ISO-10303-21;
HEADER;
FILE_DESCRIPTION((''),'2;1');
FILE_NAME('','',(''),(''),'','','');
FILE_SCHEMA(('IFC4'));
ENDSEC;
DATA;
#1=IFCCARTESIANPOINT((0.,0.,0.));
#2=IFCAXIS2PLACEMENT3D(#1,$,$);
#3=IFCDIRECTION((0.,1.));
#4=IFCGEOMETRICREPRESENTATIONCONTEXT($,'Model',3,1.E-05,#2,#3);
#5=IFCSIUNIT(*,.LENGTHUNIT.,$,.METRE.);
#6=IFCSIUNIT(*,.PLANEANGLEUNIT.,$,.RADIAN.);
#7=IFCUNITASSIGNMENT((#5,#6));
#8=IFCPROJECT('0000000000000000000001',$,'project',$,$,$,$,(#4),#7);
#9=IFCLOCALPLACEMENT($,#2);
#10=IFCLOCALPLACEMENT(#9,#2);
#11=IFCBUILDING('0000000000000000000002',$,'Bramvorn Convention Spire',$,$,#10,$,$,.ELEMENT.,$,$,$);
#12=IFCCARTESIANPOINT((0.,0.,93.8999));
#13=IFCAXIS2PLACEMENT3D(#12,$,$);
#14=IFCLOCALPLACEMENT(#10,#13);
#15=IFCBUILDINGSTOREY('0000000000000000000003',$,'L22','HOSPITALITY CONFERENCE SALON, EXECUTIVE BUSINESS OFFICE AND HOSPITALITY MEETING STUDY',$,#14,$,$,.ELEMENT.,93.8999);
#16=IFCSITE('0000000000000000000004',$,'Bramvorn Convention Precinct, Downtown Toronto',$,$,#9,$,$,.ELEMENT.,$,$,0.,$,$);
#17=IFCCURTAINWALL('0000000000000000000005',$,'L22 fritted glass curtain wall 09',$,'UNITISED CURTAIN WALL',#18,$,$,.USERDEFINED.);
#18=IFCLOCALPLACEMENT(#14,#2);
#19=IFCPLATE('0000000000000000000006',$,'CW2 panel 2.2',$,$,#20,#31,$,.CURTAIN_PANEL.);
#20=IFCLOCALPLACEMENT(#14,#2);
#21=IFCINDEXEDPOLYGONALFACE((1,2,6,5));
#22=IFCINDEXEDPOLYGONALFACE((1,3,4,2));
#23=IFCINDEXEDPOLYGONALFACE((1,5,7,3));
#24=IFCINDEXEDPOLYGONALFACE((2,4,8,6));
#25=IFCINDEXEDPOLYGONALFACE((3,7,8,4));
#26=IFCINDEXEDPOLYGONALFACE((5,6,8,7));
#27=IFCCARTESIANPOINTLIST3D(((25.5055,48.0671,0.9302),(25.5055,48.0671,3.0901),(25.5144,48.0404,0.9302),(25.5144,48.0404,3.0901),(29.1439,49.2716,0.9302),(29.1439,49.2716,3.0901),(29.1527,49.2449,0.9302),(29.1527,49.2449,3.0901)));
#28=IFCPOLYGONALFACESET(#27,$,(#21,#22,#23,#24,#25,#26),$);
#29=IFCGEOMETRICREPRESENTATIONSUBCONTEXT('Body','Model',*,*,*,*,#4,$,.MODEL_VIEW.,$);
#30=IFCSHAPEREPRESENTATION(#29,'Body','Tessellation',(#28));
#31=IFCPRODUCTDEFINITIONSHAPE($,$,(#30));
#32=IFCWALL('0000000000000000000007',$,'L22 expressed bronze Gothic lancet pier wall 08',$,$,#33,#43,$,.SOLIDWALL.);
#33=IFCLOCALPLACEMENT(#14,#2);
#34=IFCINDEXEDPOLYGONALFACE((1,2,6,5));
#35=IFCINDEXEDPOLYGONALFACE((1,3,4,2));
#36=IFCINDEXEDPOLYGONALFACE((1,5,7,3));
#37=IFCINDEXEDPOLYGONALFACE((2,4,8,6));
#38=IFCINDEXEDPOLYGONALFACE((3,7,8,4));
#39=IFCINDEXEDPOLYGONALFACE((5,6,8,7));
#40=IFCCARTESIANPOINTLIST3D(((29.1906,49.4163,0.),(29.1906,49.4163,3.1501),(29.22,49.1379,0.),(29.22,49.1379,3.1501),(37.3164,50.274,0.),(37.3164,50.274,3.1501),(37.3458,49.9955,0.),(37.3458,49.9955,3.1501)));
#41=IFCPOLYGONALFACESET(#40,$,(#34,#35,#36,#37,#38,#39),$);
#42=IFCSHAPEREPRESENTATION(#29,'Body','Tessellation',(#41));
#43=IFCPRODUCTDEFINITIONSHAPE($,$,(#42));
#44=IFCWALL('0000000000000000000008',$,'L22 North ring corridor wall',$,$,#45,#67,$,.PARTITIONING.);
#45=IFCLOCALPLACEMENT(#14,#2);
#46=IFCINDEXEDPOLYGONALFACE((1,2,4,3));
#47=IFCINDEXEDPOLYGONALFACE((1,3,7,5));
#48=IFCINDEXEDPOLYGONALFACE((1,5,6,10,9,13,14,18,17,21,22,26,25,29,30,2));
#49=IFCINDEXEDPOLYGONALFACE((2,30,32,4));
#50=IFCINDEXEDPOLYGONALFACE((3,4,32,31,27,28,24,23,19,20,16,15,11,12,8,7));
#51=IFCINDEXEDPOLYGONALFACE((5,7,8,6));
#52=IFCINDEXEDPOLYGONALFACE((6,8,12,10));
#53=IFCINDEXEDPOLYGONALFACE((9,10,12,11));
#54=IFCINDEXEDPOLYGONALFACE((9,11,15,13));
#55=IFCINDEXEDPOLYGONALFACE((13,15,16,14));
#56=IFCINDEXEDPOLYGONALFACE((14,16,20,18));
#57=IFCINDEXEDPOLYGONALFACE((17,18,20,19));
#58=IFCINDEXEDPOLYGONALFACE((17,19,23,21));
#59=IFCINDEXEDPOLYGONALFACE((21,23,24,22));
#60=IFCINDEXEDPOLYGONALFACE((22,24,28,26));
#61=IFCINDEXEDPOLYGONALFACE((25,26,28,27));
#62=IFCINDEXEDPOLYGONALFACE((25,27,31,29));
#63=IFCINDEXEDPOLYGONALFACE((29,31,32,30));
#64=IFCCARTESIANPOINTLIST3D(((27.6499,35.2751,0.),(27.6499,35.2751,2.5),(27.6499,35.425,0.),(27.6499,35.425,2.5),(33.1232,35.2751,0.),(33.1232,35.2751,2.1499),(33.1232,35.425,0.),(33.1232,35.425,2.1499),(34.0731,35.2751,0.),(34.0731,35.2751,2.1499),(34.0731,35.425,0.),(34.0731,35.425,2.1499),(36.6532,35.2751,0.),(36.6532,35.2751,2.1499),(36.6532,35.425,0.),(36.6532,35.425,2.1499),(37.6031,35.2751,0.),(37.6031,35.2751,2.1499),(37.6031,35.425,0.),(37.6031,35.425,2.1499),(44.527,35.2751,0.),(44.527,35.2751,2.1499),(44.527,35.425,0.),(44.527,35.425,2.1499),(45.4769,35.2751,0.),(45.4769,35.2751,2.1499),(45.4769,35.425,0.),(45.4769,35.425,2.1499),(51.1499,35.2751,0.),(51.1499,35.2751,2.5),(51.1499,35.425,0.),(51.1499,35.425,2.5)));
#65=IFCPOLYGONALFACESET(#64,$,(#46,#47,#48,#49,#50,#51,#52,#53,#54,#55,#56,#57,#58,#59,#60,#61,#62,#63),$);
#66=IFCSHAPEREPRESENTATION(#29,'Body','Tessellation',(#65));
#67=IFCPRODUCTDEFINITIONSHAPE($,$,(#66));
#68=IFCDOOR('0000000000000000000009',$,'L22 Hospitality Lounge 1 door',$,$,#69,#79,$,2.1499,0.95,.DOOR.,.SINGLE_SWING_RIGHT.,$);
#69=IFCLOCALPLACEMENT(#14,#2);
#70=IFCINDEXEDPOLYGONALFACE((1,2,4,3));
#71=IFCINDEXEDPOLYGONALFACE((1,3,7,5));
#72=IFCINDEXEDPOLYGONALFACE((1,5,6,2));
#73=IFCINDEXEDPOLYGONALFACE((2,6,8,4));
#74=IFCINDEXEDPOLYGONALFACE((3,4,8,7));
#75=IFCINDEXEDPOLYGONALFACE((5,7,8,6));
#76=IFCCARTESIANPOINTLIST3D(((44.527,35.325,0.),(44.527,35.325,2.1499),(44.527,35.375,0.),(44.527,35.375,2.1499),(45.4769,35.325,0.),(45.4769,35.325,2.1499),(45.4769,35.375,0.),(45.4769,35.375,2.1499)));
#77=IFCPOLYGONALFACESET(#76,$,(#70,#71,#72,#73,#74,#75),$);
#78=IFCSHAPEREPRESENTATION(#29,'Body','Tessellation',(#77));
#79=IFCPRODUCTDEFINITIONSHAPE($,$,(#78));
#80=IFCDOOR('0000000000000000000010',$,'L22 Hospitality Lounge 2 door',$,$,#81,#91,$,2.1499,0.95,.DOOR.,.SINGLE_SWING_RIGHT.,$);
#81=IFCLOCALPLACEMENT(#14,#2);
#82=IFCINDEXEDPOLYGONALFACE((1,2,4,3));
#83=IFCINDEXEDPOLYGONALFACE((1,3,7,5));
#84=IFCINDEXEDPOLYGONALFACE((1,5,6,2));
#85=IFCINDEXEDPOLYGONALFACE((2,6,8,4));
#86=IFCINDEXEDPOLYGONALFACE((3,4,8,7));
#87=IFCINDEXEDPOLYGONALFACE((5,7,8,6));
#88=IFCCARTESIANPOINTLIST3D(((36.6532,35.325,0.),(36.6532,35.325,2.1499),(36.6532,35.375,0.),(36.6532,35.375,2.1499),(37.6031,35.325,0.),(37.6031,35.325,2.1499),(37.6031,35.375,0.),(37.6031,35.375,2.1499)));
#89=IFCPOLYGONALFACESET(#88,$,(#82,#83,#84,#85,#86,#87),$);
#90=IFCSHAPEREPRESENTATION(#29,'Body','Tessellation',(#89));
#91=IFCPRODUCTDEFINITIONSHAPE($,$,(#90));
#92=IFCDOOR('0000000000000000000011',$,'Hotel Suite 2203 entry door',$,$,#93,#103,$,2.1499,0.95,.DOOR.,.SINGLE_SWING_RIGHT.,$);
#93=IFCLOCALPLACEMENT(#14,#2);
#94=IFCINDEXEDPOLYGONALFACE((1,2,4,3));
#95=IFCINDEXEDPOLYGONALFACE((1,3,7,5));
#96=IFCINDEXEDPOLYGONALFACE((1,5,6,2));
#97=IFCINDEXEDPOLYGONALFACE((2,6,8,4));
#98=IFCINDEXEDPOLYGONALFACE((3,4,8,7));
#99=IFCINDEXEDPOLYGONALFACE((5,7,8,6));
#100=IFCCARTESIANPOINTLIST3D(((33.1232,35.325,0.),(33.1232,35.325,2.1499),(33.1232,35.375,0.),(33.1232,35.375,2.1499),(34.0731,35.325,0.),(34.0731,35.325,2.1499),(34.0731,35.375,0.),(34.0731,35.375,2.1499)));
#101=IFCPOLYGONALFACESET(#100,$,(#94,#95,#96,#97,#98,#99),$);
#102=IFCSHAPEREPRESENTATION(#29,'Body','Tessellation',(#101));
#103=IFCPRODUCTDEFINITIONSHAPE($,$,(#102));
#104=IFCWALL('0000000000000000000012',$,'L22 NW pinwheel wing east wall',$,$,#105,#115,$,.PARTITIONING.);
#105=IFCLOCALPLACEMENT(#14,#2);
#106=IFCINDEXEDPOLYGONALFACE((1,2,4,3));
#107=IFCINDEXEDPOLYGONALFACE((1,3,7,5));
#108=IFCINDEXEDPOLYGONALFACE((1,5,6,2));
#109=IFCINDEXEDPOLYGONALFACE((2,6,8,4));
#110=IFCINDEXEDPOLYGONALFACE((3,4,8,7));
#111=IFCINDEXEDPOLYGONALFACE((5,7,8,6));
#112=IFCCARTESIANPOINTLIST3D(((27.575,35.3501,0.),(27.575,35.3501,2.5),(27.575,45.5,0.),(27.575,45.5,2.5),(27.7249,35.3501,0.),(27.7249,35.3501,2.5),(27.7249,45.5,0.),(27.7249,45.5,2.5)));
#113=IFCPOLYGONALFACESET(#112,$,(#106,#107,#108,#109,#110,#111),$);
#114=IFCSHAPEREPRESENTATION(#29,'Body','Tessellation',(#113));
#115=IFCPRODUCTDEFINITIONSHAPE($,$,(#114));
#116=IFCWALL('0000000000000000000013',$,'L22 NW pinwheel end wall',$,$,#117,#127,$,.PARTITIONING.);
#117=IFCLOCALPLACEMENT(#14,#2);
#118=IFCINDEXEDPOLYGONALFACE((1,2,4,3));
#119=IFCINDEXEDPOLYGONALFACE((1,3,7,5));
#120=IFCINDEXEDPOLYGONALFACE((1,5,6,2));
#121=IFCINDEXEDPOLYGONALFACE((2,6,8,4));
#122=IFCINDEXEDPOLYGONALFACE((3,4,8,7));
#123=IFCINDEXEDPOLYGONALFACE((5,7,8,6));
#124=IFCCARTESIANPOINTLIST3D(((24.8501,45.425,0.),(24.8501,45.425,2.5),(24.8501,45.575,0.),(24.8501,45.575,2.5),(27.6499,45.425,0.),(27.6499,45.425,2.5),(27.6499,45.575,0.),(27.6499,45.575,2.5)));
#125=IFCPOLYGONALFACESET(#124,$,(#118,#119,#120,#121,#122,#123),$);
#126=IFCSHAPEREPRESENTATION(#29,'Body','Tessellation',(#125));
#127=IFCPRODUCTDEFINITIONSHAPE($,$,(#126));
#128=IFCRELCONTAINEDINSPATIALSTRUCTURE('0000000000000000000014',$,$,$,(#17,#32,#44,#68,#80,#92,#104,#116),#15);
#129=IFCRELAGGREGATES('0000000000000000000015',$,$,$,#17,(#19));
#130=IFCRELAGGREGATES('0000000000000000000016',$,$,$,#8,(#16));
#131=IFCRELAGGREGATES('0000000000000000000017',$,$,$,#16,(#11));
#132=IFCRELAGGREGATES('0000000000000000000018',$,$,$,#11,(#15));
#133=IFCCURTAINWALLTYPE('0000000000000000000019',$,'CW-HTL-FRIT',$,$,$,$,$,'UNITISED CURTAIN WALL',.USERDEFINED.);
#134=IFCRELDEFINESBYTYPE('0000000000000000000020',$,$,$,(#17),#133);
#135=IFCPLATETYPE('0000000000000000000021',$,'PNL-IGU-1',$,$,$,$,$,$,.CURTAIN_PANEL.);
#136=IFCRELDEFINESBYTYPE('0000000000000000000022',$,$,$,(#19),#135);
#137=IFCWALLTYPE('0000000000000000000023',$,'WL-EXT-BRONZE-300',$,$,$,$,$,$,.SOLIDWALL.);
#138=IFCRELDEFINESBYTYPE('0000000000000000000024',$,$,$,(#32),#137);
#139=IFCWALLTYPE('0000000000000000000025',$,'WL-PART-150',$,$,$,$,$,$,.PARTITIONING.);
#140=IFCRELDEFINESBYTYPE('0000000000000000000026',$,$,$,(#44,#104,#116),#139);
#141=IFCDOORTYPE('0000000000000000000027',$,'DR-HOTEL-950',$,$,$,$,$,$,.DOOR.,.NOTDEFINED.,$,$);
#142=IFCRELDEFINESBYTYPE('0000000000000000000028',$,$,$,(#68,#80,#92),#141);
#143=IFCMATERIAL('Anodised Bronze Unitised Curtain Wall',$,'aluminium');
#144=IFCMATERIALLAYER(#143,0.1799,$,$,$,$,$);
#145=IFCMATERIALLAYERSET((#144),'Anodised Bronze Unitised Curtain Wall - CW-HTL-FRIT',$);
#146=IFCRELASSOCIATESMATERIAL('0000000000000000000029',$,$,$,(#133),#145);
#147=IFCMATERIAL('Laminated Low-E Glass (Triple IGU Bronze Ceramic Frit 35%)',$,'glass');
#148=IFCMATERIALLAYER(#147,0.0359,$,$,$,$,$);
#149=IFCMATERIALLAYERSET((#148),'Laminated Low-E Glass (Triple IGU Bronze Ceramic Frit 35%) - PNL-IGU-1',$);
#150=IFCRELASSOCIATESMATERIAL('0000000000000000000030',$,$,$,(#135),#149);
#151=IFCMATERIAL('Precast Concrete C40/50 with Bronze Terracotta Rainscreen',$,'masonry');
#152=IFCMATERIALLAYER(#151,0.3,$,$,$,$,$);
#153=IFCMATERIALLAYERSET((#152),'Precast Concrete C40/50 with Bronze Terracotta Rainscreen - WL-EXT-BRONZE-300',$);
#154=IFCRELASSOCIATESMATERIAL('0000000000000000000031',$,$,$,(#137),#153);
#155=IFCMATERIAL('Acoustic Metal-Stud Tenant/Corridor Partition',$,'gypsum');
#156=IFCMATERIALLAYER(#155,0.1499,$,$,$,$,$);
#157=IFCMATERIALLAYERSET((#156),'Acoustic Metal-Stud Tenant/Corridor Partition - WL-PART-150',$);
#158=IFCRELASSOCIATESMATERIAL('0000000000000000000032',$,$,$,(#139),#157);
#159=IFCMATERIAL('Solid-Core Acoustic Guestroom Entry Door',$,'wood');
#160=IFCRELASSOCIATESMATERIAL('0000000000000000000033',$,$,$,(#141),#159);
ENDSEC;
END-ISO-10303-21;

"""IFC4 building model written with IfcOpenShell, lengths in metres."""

from ifc_helpers import new_model, si_unit, direction, frame, frame_2d, origin, origin_2d, place, context, subcontext, project, spatial, rectangle, extrude, material, layer, layer_set, type_object, element, fill, aggregate, save


model = new_model("IFC4")

# Units and contexts
model_context = context("Model", 3, precision=1e-05, world=origin(), true_north=direction((0.0, 1.0)))
body_context = subcontext(model_context, "Body", "Model", "MODEL_VIEW")
ifc_project = project(units=[si_unit("LENGTHUNIT", "METRE"), si_unit("PLANEANGLEUNIT", "RADIAN")], contexts=[model_context])

# Site, building, storey
site_placement = place(None, origin())
site = spatial("IfcSite", under=ifc_project, at=site_placement, Name="Bramvorn Convention Precinct, Downtown Toronto", CompositionType="ELEMENT", RefElevation=0.0)
building_placement = place(site_placement, origin())
building = spatial("IfcBuilding", under=site, at=building_placement, Name="Bramvorn Convention Spire", CompositionType="ELEMENT")
storey_placement = place(building_placement, frame((0.0, 0.0, 93.8999)))
storey = spatial("IfcBuildingStorey", under=building, at=storey_placement, Name="L22", Description="HOSPITALITY CONFERENCE SALON, EXECUTIVE BUSINESS OFFICE AND HOSPITALITY MEETING STUDY", CompositionType="ELEMENT", Elevation=93.8999)

# Curtain wall, plate
ifc_material_1 = material(Name="Anodised Bronze Unitised Curtain Wall", Category="aluminium")
ifc_layer_1 = layer(ifc_material_1, 0.1799)
ifc_layer_set_1 = layer_set([ifc_layer_1], Name="Anodised Bronze Unitised Curtain Wall - CW-HTL-FRIT")
curtain_wall_type = type_object("IfcCurtainWallType", Name="CW-HTL-FRIT", ElementType="UNITISED CURTAIN WALL", PredefinedType="USERDEFINED", material=ifc_layer_set_1)
curtain_wall_placement = place(storey_placement, origin())
curtain_wall = element("IfcCurtainWall", 1, at=curtain_wall_placement, inside=storey, type_object=curtain_wall_type, Name="L22 fritted glass curtain wall 09", ObjectType="UNITISED CURTAIN WALL", PredefinedType="USERDEFINED")
ifc_material_2 = material(Name="Laminated Low-E Glass (Triple IGU Bronze Ceramic Frit 35%)", Category="glass")
ifc_layer_2 = layer(ifc_material_2, 0.0359)
ifc_layer_set_2 = layer_set([ifc_layer_2], Name="Laminated Low-E Glass (Triple IGU Bronze Ceramic Frit 35%) - PNL-IGU-1")
plate_type = type_object("IfcPlateType", Name="PNL-IGU-1", PredefinedType="CURTAIN_PANEL", material=ifc_layer_set_2)
plate_1_placement = place(storey_placement, frame((27.3291, 48.656, 0.9302), z_axis=(0.0, 0.0, 1.0), x_axis=(0.94933, 0.314281, 0.0)))
plate_1 = element("IfcPlate", 2, at=plate_1_placement, type_object=plate_type, Name="CW2 panel 2.2", PredefinedType="CURTAIN_PANEL", context=body_context, shape_type="SweptSolid", body=[
    extrude(rectangle(XDim=3.8325, YDim=0.0281, at=origin_2d()), origin(), (0.0, 0.0, 1.0), 2.1599),
])
aggregate(curtain_wall, [plate_1])

# Wall
ifc_material_3 = material(Name="Precast Concrete C40/50 with Bronze Terracotta Rainscreen", Category="masonry")
ifc_layer_3 = layer(ifc_material_3, 0.3)
ifc_layer_set_3 = layer_set([ifc_layer_3], Name="Precast Concrete C40/50 with Bronze Terracotta Rainscreen - WL-EXT-BRONZE-300")
wall_type_1 = type_object("IfcWallType", Name="WL-EXT-BRONZE-300", PredefinedType="SOLIDWALL", material=ifc_layer_set_3)
wall_1_placement = place(storey_placement, frame((29.2053, 49.2771, 0.0), z_axis=(0.0, 0.0, 1.0), x_axis=(0.994476, 0.104966, 0.0)))
element("IfcWall", 3, at=wall_1_placement, inside=storey, type_object=wall_type_1, Name="L22 expressed bronze Gothic lancet pier wall 08", PredefinedType="SOLIDWALL", context=body_context, shape_type="SweptSolid", body=[
    extrude(rectangle(XDim=8.1709, YDim=0.28, at=frame_2d((4.0854, 0.0))), origin(), (0.0, 0.0, 1.0), 3.1501),
])

# Wall, openings, doors
ifc_material_4 = material(Name="Acoustic Metal-Stud Tenant/Corridor Partition", Category="gypsum")
ifc_layer_4 = layer(ifc_material_4, 0.1499)
ifc_layer_set_4 = layer_set([ifc_layer_4], Name="Acoustic Metal-Stud Tenant/Corridor Partition - WL-PART-150")
wall_type_2 = type_object("IfcWallType", Name="WL-PART-150", PredefinedType="PARTITIONING", material=ifc_layer_set_4)
wall_2_placement = place(storey_placement, frame((27.6499, 35.3501, 0.0), z_axis=(0.0, 0.0, 1.0), x_axis=(1.0, 0.0, 0.0)))
wall_2 = element("IfcWall", 4, at=wall_2_placement, inside=storey, type_object=wall_type_2, Name="L22 North ring corridor wall", PredefinedType="PARTITIONING", context=body_context, shape_type="SweptSolid", body=[
    extrude(rectangle(XDim=23.5, YDim=0.1499, at=frame_2d((11.75, 0.0))), origin(), (0.0, 0.0, 1.0), 2.5),
])
opening_1_placement = place(wall_2_placement, frame((16.877, 0.0, 0.0)))
opening_1 = element("IfcOpeningElement", 5, at=opening_1_placement, cuts=wall_2, PredefinedType="OPENING", context=body_context, shape_type="SweptSolid", body=[
    extrude(rectangle(XDim=0.95, YDim=2.1499, at=frame_2d((0.4751, 1.075))), frame((0.0, 0.085, 0.0), z_axis=(0.0, -1.0, 0.0), x_axis=(1.0, 0.0, 0.0)), (0.0, 0.0, 1.0), 0.1699),
])
opening_2_placement = place(wall_2_placement, frame((9.0032, 0.0, 0.0)))
opening_2 = element("IfcOpeningElement", 6, at=opening_2_placement, cuts=wall_2, PredefinedType="OPENING", context=body_context, shape_type="SweptSolid", body=[
    extrude(rectangle(XDim=0.95, YDim=2.1499, at=frame_2d((0.4751, 1.075))), frame((0.0, 0.085, 0.0), z_axis=(0.0, -1.0, 0.0), x_axis=(1.0, 0.0, 0.0)), (0.0, 0.0, 1.0), 0.1699),
])
opening_3_placement = place(wall_2_placement, frame((5.4731, 0.0, 0.0)))
opening_3 = element("IfcOpeningElement", 7, at=opening_3_placement, cuts=wall_2, PredefinedType="OPENING", context=body_context, shape_type="SweptSolid", body=[
    extrude(rectangle(XDim=0.95, YDim=2.1499, at=frame_2d((0.4751, 1.075))), frame((0.0, 0.085, 0.0), z_axis=(0.0, -1.0, 0.0), x_axis=(1.0, 0.0, 0.0)), (0.0, 0.0, 1.0), 0.1699),
])
ifc_material_5 = material(Name="Solid-Core Acoustic Guestroom Entry Door", Category="wood")
door_type = type_object("IfcDoorType", Name="DR-HOTEL-950", OperationType="NOTDEFINED", PredefinedType="DOOR", material=ifc_material_5)
door_1_placement = place(opening_1_placement, origin())
door_1 = element("IfcDoor", 8, at=door_1_placement, inside=storey, type_object=door_type, Name="L22 Hospitality Lounge 1 door", OperationType="SINGLE_SWING_RIGHT", OverallHeight=2.1499, OverallWidth=0.95, PredefinedType="DOOR", context=body_context, shape_type="SweptSolid", body=[
    extrude(rectangle(XDim=0.95, YDim=2.1499, at=frame_2d((0.4751, 1.075))), frame((0.0, 0.0249, 0.0), z_axis=(0.0, -1.0, 0.0), x_axis=(1.0, 0.0, 0.0)), (0.0, 0.0, 1.0), 0.05),
])
fill(opening_1, door_1)
door_2_placement = place(opening_2_placement, origin())
door_2 = element("IfcDoor", 9, at=door_2_placement, inside=storey, type_object=door_type, Name="L22 Hospitality Lounge 2 door", OperationType="SINGLE_SWING_RIGHT", OverallHeight=2.1499, OverallWidth=0.95, PredefinedType="DOOR", context=body_context, shape_type="SweptSolid", body=[
    extrude(rectangle(XDim=0.95, YDim=2.1499, at=frame_2d((0.4751, 1.075))), frame((0.0, 0.0249, 0.0), z_axis=(0.0, -1.0, 0.0), x_axis=(1.0, 0.0, 0.0)), (0.0, 0.0, 1.0), 0.05),
])
fill(opening_2, door_2)
door_3_placement = place(opening_3_placement, origin())
door_3 = element("IfcDoor", 10, at=door_3_placement, inside=storey, type_object=door_type, Name="Hotel Suite 2203 entry door", OperationType="SINGLE_SWING_RIGHT", OverallHeight=2.1499, OverallWidth=0.95, PredefinedType="DOOR", context=body_context, shape_type="SweptSolid", body=[
    extrude(rectangle(XDim=0.95, YDim=2.1499, at=frame_2d((0.4751, 1.075))), frame((0.0, 0.0249, 0.0), z_axis=(0.0, -1.0, 0.0), x_axis=(1.0, 0.0, 0.0)), (0.0, 0.0, 1.0), 0.05),
])
fill(opening_3, door_3)

# Walls
wall_3_placement = place(storey_placement, frame((27.6499, 35.3501, 0.0), z_axis=(0.0, 0.0, 1.0), x_axis=(0.0, 1.0, 0.0)))
element("IfcWall", 11, at=wall_3_placement, inside=storey, type_object=wall_type_2, Name="L22 NW pinwheel wing east wall", PredefinedType="PARTITIONING", context=body_context, shape_type="SweptSolid", body=[
    extrude(rectangle(XDim=10.1499, YDim=0.1499, at=frame_2d((5.075, 0.0))), origin(), (0.0, 0.0, 1.0), 2.5),
])
wall_4_placement = place(storey_placement, frame((24.8501, 45.5, 0.0), z_axis=(0.0, 0.0, 1.0), x_axis=(1.0, 0.0, 0.0)))
element("IfcWall", 12, at=wall_4_placement, inside=storey, type_object=wall_type_2, Name="L22 NW pinwheel end wall", PredefinedType="PARTITIONING", context=body_context, shape_type="SweptSolid", body=[
    extrude(rectangle(XDim=2.7998, YDim=0.1499, at=frame_2d((1.3999, 0.0))), origin(), (0.0, 0.0, 1.0), 2.5),
])

save(model, "model.ifc")
